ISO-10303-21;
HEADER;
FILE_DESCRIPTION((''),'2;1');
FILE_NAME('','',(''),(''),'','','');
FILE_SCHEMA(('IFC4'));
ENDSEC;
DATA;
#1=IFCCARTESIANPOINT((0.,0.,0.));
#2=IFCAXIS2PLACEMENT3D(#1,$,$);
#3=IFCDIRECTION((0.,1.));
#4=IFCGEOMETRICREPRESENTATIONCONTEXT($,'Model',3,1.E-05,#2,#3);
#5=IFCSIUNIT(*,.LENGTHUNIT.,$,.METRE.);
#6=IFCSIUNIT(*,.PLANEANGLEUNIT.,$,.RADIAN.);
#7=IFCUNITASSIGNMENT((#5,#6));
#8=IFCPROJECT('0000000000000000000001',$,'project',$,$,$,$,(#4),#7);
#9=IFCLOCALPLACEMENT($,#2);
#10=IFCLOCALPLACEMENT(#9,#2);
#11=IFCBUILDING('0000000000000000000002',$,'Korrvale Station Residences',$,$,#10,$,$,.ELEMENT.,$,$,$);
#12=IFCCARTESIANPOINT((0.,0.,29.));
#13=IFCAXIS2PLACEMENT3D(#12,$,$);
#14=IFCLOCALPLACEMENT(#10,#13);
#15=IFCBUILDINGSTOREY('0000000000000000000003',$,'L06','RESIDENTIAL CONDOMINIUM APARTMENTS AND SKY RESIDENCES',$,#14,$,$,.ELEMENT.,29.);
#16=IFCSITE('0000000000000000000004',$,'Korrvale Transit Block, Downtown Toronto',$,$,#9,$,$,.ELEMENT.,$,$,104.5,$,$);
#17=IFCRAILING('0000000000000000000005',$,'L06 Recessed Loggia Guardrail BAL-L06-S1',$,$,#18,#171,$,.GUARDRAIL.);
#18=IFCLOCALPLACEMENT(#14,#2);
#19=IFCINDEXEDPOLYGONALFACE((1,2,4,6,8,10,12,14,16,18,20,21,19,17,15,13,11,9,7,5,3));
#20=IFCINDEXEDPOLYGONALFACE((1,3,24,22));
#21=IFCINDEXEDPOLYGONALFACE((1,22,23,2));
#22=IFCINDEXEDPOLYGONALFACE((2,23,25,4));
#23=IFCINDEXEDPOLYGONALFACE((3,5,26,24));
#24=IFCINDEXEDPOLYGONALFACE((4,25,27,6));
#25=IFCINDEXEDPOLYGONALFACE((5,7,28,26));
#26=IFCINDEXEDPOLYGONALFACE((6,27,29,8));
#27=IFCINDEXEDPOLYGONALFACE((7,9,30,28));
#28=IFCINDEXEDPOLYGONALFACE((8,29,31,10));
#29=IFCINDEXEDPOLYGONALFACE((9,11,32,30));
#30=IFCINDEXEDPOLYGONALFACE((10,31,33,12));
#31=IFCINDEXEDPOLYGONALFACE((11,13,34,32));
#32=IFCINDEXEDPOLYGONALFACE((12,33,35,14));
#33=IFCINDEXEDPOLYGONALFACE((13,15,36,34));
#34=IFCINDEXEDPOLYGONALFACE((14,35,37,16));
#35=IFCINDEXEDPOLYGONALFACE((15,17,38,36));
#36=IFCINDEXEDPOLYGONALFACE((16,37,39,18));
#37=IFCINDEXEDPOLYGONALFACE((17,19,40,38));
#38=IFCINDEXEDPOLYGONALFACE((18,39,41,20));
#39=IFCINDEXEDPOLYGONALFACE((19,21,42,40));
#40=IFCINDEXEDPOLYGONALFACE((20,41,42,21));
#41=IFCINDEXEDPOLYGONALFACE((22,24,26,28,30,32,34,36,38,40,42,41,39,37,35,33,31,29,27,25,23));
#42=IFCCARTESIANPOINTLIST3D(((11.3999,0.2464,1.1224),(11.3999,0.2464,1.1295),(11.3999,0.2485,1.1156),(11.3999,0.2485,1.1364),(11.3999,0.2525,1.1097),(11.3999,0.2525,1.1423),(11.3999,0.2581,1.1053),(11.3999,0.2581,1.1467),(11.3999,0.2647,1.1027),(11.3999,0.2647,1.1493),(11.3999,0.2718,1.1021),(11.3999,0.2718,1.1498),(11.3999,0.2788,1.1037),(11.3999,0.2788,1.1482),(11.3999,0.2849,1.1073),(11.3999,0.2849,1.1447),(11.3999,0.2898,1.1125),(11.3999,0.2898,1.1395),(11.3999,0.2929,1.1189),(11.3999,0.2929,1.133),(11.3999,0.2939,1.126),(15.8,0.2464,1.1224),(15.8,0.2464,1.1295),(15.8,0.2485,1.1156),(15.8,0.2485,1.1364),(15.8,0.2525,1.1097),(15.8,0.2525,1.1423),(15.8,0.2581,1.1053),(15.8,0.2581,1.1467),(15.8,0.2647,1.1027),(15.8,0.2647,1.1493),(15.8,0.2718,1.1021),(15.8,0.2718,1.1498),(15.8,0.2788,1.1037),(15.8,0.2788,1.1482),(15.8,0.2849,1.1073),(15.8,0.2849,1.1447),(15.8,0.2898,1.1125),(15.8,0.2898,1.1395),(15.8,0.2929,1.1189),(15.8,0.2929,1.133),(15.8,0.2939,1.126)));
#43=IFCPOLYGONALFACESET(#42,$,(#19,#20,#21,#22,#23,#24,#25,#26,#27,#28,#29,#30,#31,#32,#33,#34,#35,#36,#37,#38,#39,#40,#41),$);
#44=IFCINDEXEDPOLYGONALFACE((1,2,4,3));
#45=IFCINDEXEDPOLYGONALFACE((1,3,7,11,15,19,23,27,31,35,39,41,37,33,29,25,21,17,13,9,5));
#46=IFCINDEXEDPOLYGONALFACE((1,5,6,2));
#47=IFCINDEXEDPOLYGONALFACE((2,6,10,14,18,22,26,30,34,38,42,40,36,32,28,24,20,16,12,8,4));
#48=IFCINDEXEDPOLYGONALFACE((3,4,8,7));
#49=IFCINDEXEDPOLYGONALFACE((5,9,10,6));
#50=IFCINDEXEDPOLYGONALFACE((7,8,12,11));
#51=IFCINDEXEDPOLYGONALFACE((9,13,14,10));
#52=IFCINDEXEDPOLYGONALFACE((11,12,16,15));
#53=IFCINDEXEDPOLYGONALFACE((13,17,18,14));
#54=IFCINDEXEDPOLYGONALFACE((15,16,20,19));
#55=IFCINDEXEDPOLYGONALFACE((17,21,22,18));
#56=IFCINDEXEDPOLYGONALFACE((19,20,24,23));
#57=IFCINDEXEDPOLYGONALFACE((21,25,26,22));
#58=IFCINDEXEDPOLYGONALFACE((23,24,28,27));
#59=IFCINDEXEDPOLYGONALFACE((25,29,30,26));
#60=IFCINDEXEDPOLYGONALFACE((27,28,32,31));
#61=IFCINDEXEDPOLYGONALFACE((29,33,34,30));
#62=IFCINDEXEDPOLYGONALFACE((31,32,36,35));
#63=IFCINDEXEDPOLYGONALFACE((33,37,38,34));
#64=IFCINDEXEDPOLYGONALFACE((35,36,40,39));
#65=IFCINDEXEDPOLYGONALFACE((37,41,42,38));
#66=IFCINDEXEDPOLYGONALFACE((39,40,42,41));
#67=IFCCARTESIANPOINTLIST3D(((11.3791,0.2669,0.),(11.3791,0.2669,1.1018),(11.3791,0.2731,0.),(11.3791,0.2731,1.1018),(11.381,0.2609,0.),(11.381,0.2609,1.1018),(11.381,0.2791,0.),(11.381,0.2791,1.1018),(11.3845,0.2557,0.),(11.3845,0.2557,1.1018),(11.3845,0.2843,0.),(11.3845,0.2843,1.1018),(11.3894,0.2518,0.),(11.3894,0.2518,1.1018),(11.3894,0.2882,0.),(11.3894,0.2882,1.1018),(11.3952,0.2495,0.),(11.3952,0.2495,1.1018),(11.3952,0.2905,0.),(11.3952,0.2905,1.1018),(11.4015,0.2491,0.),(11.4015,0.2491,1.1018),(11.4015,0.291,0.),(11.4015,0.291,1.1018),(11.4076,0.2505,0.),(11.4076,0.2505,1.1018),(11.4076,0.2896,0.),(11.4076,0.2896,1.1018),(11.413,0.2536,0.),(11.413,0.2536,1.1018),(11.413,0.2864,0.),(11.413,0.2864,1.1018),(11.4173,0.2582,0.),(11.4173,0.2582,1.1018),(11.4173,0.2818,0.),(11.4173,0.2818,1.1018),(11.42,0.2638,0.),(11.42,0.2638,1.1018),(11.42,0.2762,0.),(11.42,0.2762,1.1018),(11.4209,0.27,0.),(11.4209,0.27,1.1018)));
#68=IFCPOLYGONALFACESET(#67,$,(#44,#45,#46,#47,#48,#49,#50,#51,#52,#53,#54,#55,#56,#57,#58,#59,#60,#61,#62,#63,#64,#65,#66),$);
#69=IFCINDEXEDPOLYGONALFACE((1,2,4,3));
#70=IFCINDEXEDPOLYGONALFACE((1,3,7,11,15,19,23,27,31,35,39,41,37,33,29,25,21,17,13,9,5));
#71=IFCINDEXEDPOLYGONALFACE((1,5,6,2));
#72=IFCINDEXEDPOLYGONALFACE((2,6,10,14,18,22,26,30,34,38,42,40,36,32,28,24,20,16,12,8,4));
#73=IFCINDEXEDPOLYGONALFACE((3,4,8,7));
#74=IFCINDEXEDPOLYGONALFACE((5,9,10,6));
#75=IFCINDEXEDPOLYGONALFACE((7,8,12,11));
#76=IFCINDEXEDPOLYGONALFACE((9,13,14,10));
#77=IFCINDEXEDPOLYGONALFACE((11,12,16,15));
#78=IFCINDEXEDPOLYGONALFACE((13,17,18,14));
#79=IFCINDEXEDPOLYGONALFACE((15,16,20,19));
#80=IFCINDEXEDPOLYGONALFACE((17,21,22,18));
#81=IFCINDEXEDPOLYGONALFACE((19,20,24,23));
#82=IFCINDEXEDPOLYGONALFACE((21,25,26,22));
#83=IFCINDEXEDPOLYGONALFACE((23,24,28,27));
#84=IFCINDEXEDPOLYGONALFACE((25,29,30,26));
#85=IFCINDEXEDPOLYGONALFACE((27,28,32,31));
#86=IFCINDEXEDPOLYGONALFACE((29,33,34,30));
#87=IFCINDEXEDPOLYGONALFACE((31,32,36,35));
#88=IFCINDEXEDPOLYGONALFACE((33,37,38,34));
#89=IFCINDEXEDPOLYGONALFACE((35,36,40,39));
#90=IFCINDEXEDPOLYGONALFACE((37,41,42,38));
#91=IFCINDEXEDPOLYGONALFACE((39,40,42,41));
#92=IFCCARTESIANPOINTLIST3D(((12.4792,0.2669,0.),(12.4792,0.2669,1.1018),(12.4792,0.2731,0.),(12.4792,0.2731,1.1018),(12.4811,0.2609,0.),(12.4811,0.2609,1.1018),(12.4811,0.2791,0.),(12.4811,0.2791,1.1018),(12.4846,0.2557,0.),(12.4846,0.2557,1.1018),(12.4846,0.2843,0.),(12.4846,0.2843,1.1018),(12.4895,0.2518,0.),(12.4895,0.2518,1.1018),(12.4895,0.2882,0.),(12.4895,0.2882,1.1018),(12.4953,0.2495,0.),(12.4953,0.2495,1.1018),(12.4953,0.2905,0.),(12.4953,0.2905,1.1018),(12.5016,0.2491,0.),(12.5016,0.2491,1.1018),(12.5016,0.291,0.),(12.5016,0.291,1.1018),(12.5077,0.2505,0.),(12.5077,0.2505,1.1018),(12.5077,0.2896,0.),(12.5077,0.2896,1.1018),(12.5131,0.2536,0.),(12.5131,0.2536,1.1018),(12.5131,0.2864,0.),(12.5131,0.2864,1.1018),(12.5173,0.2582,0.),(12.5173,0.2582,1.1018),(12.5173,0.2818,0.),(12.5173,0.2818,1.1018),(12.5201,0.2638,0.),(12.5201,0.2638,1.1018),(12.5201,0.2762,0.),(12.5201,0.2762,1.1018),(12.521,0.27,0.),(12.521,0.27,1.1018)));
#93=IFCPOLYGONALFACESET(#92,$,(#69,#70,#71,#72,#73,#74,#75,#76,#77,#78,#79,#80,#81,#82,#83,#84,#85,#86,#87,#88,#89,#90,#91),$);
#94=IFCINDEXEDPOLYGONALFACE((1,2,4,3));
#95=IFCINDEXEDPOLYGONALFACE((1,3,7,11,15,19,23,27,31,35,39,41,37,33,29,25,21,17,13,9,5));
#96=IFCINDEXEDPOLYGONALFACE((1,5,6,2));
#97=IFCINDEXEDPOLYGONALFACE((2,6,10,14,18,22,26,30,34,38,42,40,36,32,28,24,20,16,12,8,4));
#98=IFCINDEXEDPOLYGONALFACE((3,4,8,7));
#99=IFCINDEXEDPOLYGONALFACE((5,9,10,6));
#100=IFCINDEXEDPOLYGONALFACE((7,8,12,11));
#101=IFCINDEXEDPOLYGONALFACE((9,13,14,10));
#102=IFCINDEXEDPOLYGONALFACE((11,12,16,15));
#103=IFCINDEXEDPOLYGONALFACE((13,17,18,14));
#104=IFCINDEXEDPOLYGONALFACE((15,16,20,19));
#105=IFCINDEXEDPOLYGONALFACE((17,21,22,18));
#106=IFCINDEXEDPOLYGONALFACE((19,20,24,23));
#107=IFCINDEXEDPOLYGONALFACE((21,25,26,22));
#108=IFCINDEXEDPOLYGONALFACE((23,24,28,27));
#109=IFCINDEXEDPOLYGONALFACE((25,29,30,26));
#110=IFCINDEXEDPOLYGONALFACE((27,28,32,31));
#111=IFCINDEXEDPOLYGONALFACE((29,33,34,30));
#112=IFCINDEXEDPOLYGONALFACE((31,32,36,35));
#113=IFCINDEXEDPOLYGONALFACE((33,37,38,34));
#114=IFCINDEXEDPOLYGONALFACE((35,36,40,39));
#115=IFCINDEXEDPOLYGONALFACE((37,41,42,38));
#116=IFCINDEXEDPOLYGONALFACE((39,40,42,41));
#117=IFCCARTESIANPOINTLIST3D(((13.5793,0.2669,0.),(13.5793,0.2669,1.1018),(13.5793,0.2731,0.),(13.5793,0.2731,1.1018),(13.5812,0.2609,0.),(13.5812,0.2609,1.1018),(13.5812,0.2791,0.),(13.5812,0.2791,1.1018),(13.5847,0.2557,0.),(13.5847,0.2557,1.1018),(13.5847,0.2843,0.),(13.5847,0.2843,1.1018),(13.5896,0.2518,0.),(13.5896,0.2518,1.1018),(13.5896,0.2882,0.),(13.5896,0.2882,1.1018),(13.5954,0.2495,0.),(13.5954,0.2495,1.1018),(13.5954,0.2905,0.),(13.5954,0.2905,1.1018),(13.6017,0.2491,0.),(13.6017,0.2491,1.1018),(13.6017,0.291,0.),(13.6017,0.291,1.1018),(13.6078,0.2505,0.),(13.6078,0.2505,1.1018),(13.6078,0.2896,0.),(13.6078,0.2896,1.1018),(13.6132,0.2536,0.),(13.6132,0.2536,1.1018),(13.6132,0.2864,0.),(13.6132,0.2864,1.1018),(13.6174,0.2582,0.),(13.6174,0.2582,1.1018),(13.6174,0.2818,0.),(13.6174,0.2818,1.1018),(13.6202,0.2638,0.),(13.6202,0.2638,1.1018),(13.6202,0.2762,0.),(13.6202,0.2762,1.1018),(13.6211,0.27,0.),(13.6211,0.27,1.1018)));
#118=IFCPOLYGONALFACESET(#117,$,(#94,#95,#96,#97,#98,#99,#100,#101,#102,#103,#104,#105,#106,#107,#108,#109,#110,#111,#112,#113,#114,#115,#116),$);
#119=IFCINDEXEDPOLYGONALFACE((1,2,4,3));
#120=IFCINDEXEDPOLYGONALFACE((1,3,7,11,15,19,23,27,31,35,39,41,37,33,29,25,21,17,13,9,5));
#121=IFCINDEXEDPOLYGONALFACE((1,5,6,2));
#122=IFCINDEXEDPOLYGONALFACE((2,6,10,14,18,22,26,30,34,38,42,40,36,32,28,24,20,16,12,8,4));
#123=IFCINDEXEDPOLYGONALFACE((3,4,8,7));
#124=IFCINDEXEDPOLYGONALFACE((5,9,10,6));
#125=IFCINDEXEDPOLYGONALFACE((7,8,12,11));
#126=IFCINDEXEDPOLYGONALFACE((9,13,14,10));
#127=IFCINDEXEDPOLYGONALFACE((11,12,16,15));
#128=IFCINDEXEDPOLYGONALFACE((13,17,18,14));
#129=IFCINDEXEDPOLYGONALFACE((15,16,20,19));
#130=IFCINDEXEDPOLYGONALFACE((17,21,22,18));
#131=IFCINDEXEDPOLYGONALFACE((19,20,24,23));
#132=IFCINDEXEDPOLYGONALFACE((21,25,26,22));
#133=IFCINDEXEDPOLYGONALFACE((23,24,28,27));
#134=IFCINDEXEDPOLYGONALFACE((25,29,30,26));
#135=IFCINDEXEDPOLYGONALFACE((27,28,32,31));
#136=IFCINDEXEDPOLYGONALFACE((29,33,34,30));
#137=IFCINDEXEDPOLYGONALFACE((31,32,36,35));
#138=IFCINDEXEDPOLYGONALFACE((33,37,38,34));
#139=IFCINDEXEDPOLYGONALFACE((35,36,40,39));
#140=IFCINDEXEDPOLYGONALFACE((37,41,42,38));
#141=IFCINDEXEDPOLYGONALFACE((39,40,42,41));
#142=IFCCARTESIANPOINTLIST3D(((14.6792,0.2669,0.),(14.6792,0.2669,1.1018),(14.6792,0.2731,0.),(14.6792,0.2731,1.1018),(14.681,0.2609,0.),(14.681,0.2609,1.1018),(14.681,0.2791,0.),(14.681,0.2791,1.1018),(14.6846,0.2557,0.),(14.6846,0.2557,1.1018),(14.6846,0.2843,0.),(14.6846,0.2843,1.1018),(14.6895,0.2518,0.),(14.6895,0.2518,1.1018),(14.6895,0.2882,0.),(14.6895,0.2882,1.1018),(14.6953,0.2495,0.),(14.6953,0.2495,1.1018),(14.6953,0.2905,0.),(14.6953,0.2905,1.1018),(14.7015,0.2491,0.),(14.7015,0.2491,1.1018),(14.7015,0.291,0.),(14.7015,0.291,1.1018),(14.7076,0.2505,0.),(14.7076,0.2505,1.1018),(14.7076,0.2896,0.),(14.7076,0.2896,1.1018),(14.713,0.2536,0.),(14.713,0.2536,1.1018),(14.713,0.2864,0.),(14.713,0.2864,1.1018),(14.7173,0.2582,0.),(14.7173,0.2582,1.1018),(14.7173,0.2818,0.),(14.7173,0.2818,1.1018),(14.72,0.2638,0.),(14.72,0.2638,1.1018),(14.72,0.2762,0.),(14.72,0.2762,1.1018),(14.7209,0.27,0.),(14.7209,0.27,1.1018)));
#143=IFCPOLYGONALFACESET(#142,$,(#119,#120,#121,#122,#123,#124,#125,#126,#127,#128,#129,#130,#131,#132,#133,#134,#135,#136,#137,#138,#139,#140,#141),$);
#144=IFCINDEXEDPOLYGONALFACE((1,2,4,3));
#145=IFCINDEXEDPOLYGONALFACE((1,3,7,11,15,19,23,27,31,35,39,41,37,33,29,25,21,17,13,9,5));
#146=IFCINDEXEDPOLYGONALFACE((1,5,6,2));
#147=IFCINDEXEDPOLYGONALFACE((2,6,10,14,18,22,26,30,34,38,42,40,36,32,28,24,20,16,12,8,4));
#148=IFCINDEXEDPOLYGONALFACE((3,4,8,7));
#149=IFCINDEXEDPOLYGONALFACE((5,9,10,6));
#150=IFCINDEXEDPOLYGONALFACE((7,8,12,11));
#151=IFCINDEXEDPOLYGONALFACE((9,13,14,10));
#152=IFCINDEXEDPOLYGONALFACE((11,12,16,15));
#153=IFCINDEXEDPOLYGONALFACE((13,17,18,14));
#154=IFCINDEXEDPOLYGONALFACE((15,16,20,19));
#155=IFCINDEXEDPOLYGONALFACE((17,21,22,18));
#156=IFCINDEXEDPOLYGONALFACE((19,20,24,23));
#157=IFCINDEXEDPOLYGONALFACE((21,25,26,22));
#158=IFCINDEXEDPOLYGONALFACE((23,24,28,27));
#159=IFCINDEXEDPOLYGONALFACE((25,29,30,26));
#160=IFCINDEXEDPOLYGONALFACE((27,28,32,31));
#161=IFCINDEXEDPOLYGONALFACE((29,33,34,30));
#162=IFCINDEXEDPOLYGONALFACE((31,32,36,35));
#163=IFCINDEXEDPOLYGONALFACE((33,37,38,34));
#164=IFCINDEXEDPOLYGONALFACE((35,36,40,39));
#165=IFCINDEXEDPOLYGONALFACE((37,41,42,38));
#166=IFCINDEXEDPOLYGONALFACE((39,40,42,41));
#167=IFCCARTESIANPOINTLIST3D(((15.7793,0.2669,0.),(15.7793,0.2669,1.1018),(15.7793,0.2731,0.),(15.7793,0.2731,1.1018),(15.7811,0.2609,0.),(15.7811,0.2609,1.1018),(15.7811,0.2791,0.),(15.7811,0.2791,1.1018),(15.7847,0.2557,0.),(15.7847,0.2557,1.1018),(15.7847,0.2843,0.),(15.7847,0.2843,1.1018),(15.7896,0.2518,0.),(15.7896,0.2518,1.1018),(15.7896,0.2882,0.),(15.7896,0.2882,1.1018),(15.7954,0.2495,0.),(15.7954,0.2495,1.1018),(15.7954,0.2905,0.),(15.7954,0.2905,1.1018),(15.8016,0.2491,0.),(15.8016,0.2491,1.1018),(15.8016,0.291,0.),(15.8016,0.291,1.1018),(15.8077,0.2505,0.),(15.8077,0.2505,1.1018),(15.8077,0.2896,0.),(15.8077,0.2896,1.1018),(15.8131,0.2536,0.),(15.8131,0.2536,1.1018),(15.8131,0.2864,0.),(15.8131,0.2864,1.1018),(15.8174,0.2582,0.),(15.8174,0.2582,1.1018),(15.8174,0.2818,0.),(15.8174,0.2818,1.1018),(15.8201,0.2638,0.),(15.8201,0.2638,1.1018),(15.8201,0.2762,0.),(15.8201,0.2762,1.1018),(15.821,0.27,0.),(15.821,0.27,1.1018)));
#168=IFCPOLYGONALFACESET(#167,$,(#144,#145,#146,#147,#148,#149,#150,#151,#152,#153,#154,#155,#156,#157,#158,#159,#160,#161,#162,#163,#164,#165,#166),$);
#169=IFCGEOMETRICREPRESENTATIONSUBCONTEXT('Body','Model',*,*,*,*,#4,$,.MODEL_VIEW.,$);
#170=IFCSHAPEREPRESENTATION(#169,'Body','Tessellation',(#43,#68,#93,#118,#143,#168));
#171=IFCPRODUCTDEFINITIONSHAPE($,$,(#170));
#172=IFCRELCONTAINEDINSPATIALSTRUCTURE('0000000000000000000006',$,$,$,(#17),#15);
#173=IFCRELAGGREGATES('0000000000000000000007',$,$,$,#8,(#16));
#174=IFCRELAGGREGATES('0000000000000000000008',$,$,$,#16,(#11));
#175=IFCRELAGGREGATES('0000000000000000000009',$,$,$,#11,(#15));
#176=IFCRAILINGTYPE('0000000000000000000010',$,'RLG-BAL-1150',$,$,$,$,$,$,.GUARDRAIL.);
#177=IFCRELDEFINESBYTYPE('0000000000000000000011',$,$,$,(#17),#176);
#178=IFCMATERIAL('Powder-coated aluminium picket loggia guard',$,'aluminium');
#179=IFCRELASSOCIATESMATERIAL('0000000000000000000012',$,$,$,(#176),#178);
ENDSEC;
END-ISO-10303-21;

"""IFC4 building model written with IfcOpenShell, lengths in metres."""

from ifc_helpers import new_model, si_unit, direction, frame, origin, origin_2d, place, context, subcontext, project, spatial, circle, extrude, material, type_object, element, save


model = new_model("IFC4")

# Units and contexts
model_context = context("Model", 3, precision=1e-05, world=origin(), true_north=direction((0.0, 1.0)))
body_context = subcontext(model_context, "Body", "Model", "MODEL_VIEW")
ifc_project = project(units=[si_unit("LENGTHUNIT", "METRE"), si_unit("PLANEANGLEUNIT", "RADIAN")], contexts=[model_context])

# Site, building, storey
site_placement = place(None, origin())
site = spatial("IfcSite", under=ifc_project, at=site_placement, Name="Korrvale Transit Block, Downtown Toronto", CompositionType="ELEMENT", RefElevation=104.5)
building_placement = place(site_placement, origin())
building = spatial("IfcBuilding", under=site, at=building_placement, Name="Korrvale Station Residences", CompositionType="ELEMENT")
storey_placement = place(building_placement, frame((0.0, 0.0, 29.0)))
storey = spatial("IfcBuildingStorey", under=building, at=storey_placement, Name="L06", Description="RESIDENTIAL CONDOMINIUM APARTMENTS AND SKY RESIDENCES", CompositionType="ELEMENT", Elevation=29.0)

# Railing
ifc_material_1 = material(Name="Powder-coated aluminium picket loggia guard", Category="aluminium")
railing_type = type_object("IfcRailingType", Name="RLG-BAL-1150", PredefinedType="GUARDRAIL", material=ifc_material_1)
railing_placement = place(storey_placement, frame((11.3999, 0.27, 0.0)))
element("IfcRailing", 1, at=railing_placement, inside=storey, type_object=railing_type, Name="L06 Recessed Loggia Guardrail BAL-L06-S1", PredefinedType="GUARDRAIL", context=body_context, shape_type="SweptSolid", body=[
    extrude(circle(Radius=0.0239, at=origin_2d()), frame((0.0, 0.0, 1.126), z_axis=(1.0, 0.0, 0.0), x_axis=(0.0, 1.0, 0.0)), (0.0, 0.0, 1.0), 4.4001),
    extrude(circle(Radius=0.021, at=origin_2d()), origin(), (0.0, 0.0, 1.0), 1.1018),
    extrude(circle(Radius=0.021, at=origin_2d()), frame((1.1001, 0.0, 0.0)), (0.0, 0.0, 1.0), 1.1018),
    extrude(circle(Radius=0.021, at=origin_2d()), frame((2.2002, 0.0, 0.0)), (0.0, 0.0, 1.0), 1.1018),
    extrude(circle(Radius=0.021, at=origin_2d()), frame((3.3, 0.0, 0.0)), (0.0, 0.0, 1.0), 1.1018),
    extrude(circle(Radius=0.021, at=origin_2d()), frame((4.4001, 0.0, 0.0)), (0.0, 0.0, 1.0), 1.1018),
])

save(model, "model.ifc")
